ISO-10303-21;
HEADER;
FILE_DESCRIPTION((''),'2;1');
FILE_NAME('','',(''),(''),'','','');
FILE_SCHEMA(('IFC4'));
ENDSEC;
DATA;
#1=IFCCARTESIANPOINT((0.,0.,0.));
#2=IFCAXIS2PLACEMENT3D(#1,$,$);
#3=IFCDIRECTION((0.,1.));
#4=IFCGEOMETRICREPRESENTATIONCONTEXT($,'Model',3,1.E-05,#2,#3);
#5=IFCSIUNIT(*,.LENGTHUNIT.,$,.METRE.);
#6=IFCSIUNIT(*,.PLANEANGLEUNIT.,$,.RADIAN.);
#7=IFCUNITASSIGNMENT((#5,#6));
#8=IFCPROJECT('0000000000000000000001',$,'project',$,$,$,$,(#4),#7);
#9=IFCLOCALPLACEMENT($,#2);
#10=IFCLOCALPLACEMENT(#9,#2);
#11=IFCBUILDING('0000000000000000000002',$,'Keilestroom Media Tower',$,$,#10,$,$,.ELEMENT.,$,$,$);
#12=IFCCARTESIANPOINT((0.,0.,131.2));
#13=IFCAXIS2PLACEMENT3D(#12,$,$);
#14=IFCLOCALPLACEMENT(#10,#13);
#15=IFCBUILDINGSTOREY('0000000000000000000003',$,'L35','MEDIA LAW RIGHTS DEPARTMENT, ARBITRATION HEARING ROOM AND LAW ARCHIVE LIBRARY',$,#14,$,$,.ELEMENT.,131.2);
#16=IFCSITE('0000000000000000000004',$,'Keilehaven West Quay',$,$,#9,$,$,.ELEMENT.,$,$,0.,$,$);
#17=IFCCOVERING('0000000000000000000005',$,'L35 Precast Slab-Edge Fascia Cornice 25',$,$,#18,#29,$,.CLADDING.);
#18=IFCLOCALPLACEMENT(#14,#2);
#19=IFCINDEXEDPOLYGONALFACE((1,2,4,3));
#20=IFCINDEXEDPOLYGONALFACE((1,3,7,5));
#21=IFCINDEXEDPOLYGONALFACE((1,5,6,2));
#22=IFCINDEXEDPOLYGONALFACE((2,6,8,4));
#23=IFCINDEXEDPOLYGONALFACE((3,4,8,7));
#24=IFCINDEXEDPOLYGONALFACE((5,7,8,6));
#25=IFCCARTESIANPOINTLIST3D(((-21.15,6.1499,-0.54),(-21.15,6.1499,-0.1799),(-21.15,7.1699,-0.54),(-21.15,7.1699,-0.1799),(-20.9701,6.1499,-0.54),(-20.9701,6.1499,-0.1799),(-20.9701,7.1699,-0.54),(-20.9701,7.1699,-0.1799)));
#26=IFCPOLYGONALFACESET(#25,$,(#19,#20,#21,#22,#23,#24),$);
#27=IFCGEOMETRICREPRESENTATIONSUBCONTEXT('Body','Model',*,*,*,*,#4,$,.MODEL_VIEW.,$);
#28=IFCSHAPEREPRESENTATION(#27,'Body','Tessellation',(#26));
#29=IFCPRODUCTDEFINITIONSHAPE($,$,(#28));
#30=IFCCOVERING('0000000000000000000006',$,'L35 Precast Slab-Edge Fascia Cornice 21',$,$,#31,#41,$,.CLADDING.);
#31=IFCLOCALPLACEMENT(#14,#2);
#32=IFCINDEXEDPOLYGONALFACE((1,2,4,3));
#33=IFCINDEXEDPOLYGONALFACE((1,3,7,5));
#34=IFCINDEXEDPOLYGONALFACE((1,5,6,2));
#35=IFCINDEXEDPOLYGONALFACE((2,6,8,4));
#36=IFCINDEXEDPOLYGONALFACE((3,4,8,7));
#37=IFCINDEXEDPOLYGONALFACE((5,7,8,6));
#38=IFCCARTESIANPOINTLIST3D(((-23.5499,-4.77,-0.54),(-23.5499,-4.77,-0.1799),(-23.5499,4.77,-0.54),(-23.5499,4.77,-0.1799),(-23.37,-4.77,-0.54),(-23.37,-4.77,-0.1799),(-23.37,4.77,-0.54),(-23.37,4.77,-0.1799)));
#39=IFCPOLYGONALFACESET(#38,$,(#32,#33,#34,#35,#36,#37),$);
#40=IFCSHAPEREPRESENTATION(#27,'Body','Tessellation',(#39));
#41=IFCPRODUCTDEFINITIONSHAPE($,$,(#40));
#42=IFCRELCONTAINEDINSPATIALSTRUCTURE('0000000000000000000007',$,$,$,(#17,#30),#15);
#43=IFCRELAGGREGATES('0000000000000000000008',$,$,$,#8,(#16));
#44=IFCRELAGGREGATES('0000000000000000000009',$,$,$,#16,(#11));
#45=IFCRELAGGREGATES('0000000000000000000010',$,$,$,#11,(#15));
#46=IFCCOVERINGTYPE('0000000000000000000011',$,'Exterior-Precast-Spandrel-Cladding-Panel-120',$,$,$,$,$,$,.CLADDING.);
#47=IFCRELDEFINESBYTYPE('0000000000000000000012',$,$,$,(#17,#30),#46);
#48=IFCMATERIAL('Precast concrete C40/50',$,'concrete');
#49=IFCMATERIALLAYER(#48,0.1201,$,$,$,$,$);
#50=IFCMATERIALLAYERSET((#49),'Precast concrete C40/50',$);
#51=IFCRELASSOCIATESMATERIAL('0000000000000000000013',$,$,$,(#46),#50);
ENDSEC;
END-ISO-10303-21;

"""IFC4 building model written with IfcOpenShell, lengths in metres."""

from ifc_helpers import new_model, si_unit, direction, frame, origin, origin_2d, place, context, subcontext, project, spatial, rectangle, extrude, source, transform, mapped, material, layer, layer_set, type_object, element, save


model = new_model("IFC4")

# Units and contexts
model_context = context("Model", 3, precision=1e-05, world=origin(), true_north=direction((0.0, 1.0)))
body_context = subcontext(model_context, "Body", "Model", "MODEL_VIEW")
ifc_project = project(units=[si_unit("LENGTHUNIT", "METRE"), si_unit("PLANEANGLEUNIT", "RADIAN")], contexts=[model_context])

# Site, building, storey
site_placement = place(None, origin())
site = spatial("IfcSite", under=ifc_project, at=site_placement, Name="Keilehaven West Quay", CompositionType="ELEMENT", RefElevation=0.0)
building_placement = place(site_placement, origin())
building = spatial("IfcBuilding", under=site, at=building_placement, Name="Keilestroom Media Tower", CompositionType="ELEMENT")
storey_placement = place(building_placement, frame((0.0, 0.0, 131.2)))
storey = spatial("IfcBuildingStorey", under=building, at=storey_placement, Name="L35", Description="MEDIA LAW RIGHTS DEPARTMENT, ARBITRATION HEARING ROOM AND LAW ARCHIVE LIBRARY", CompositionType="ELEMENT", Elevation=131.2)

# Shared definitions
ifc_material_1 = material(Name="Precast concrete C40/50", Category="concrete")

# Coverings
ifc_layer_1 = layer(ifc_material_1, 0.1201)
ifc_layer_set_1 = layer_set([ifc_layer_1], Name="Precast concrete C40/50")
covering_type = type_object("IfcCoveringType", Name="Exterior-Precast-Spandrel-Cladding-Panel-120", PredefinedType="CLADDING", material=ifc_layer_set_1)
shared_shape_1 = source(origin(), body_context, "Body", "SweptSolid", [
    extrude(rectangle(XDim=1.02, YDim=0.1799, at=origin_2d()), origin(), (0.0, 0.0, 1.0), 0.3601),
])
for number, where, z_axis, x_axis, name in (
    (1, (-21.0601, 6.6599, -0.54), (0.0, 0.0, 1.0), (0.0, 1.0, 0.0), "L35 Precast Slab-Edge Fascia Cornice 25"),
):
    element("IfcCovering", number, at=place(storey_placement, frame(where, z_axis=z_axis, x_axis=x_axis)), inside=storey, type_object=covering_type, Name=name, PredefinedType="CLADDING", context=body_context, shape_type="MappedRepresentation", body=[
        mapped(shared_shape_1, transform((0.0, 0.0, 0.0), x_axis=(1.0, 0.0, 0.0), y_axis=(0.0, 1.0, 0.0), z_axis=(0.0, 0.0, 1.0), scale=1.0)),
    ])
shared_shape_2 = source(origin(), body_context, "Body", "SweptSolid", [
    extrude(rectangle(XDim=9.54, YDim=0.1799, at=origin_2d()), origin(), (0.0, 0.0, 1.0), 0.3601),
])
covering_placement = place(storey_placement, frame((-23.46, 0.0, -0.54), z_axis=(0.0, 0.0, 1.0), x_axis=(0.0, 1.0, 0.0)))
element("IfcCovering", 2, at=covering_placement, inside=storey, type_object=covering_type, Name="L35 Precast Slab-Edge Fascia Cornice 21", PredefinedType="CLADDING", context=body_context, shape_type="MappedRepresentation", body=[
    mapped(shared_shape_2, transform((0.0, 0.0, 0.0), x_axis=(1.0, 0.0, 0.0), y_axis=(0.0, 1.0, 0.0), z_axis=(0.0, 0.0, 1.0), scale=1.0)),
])

save(model, "model.ifc")
